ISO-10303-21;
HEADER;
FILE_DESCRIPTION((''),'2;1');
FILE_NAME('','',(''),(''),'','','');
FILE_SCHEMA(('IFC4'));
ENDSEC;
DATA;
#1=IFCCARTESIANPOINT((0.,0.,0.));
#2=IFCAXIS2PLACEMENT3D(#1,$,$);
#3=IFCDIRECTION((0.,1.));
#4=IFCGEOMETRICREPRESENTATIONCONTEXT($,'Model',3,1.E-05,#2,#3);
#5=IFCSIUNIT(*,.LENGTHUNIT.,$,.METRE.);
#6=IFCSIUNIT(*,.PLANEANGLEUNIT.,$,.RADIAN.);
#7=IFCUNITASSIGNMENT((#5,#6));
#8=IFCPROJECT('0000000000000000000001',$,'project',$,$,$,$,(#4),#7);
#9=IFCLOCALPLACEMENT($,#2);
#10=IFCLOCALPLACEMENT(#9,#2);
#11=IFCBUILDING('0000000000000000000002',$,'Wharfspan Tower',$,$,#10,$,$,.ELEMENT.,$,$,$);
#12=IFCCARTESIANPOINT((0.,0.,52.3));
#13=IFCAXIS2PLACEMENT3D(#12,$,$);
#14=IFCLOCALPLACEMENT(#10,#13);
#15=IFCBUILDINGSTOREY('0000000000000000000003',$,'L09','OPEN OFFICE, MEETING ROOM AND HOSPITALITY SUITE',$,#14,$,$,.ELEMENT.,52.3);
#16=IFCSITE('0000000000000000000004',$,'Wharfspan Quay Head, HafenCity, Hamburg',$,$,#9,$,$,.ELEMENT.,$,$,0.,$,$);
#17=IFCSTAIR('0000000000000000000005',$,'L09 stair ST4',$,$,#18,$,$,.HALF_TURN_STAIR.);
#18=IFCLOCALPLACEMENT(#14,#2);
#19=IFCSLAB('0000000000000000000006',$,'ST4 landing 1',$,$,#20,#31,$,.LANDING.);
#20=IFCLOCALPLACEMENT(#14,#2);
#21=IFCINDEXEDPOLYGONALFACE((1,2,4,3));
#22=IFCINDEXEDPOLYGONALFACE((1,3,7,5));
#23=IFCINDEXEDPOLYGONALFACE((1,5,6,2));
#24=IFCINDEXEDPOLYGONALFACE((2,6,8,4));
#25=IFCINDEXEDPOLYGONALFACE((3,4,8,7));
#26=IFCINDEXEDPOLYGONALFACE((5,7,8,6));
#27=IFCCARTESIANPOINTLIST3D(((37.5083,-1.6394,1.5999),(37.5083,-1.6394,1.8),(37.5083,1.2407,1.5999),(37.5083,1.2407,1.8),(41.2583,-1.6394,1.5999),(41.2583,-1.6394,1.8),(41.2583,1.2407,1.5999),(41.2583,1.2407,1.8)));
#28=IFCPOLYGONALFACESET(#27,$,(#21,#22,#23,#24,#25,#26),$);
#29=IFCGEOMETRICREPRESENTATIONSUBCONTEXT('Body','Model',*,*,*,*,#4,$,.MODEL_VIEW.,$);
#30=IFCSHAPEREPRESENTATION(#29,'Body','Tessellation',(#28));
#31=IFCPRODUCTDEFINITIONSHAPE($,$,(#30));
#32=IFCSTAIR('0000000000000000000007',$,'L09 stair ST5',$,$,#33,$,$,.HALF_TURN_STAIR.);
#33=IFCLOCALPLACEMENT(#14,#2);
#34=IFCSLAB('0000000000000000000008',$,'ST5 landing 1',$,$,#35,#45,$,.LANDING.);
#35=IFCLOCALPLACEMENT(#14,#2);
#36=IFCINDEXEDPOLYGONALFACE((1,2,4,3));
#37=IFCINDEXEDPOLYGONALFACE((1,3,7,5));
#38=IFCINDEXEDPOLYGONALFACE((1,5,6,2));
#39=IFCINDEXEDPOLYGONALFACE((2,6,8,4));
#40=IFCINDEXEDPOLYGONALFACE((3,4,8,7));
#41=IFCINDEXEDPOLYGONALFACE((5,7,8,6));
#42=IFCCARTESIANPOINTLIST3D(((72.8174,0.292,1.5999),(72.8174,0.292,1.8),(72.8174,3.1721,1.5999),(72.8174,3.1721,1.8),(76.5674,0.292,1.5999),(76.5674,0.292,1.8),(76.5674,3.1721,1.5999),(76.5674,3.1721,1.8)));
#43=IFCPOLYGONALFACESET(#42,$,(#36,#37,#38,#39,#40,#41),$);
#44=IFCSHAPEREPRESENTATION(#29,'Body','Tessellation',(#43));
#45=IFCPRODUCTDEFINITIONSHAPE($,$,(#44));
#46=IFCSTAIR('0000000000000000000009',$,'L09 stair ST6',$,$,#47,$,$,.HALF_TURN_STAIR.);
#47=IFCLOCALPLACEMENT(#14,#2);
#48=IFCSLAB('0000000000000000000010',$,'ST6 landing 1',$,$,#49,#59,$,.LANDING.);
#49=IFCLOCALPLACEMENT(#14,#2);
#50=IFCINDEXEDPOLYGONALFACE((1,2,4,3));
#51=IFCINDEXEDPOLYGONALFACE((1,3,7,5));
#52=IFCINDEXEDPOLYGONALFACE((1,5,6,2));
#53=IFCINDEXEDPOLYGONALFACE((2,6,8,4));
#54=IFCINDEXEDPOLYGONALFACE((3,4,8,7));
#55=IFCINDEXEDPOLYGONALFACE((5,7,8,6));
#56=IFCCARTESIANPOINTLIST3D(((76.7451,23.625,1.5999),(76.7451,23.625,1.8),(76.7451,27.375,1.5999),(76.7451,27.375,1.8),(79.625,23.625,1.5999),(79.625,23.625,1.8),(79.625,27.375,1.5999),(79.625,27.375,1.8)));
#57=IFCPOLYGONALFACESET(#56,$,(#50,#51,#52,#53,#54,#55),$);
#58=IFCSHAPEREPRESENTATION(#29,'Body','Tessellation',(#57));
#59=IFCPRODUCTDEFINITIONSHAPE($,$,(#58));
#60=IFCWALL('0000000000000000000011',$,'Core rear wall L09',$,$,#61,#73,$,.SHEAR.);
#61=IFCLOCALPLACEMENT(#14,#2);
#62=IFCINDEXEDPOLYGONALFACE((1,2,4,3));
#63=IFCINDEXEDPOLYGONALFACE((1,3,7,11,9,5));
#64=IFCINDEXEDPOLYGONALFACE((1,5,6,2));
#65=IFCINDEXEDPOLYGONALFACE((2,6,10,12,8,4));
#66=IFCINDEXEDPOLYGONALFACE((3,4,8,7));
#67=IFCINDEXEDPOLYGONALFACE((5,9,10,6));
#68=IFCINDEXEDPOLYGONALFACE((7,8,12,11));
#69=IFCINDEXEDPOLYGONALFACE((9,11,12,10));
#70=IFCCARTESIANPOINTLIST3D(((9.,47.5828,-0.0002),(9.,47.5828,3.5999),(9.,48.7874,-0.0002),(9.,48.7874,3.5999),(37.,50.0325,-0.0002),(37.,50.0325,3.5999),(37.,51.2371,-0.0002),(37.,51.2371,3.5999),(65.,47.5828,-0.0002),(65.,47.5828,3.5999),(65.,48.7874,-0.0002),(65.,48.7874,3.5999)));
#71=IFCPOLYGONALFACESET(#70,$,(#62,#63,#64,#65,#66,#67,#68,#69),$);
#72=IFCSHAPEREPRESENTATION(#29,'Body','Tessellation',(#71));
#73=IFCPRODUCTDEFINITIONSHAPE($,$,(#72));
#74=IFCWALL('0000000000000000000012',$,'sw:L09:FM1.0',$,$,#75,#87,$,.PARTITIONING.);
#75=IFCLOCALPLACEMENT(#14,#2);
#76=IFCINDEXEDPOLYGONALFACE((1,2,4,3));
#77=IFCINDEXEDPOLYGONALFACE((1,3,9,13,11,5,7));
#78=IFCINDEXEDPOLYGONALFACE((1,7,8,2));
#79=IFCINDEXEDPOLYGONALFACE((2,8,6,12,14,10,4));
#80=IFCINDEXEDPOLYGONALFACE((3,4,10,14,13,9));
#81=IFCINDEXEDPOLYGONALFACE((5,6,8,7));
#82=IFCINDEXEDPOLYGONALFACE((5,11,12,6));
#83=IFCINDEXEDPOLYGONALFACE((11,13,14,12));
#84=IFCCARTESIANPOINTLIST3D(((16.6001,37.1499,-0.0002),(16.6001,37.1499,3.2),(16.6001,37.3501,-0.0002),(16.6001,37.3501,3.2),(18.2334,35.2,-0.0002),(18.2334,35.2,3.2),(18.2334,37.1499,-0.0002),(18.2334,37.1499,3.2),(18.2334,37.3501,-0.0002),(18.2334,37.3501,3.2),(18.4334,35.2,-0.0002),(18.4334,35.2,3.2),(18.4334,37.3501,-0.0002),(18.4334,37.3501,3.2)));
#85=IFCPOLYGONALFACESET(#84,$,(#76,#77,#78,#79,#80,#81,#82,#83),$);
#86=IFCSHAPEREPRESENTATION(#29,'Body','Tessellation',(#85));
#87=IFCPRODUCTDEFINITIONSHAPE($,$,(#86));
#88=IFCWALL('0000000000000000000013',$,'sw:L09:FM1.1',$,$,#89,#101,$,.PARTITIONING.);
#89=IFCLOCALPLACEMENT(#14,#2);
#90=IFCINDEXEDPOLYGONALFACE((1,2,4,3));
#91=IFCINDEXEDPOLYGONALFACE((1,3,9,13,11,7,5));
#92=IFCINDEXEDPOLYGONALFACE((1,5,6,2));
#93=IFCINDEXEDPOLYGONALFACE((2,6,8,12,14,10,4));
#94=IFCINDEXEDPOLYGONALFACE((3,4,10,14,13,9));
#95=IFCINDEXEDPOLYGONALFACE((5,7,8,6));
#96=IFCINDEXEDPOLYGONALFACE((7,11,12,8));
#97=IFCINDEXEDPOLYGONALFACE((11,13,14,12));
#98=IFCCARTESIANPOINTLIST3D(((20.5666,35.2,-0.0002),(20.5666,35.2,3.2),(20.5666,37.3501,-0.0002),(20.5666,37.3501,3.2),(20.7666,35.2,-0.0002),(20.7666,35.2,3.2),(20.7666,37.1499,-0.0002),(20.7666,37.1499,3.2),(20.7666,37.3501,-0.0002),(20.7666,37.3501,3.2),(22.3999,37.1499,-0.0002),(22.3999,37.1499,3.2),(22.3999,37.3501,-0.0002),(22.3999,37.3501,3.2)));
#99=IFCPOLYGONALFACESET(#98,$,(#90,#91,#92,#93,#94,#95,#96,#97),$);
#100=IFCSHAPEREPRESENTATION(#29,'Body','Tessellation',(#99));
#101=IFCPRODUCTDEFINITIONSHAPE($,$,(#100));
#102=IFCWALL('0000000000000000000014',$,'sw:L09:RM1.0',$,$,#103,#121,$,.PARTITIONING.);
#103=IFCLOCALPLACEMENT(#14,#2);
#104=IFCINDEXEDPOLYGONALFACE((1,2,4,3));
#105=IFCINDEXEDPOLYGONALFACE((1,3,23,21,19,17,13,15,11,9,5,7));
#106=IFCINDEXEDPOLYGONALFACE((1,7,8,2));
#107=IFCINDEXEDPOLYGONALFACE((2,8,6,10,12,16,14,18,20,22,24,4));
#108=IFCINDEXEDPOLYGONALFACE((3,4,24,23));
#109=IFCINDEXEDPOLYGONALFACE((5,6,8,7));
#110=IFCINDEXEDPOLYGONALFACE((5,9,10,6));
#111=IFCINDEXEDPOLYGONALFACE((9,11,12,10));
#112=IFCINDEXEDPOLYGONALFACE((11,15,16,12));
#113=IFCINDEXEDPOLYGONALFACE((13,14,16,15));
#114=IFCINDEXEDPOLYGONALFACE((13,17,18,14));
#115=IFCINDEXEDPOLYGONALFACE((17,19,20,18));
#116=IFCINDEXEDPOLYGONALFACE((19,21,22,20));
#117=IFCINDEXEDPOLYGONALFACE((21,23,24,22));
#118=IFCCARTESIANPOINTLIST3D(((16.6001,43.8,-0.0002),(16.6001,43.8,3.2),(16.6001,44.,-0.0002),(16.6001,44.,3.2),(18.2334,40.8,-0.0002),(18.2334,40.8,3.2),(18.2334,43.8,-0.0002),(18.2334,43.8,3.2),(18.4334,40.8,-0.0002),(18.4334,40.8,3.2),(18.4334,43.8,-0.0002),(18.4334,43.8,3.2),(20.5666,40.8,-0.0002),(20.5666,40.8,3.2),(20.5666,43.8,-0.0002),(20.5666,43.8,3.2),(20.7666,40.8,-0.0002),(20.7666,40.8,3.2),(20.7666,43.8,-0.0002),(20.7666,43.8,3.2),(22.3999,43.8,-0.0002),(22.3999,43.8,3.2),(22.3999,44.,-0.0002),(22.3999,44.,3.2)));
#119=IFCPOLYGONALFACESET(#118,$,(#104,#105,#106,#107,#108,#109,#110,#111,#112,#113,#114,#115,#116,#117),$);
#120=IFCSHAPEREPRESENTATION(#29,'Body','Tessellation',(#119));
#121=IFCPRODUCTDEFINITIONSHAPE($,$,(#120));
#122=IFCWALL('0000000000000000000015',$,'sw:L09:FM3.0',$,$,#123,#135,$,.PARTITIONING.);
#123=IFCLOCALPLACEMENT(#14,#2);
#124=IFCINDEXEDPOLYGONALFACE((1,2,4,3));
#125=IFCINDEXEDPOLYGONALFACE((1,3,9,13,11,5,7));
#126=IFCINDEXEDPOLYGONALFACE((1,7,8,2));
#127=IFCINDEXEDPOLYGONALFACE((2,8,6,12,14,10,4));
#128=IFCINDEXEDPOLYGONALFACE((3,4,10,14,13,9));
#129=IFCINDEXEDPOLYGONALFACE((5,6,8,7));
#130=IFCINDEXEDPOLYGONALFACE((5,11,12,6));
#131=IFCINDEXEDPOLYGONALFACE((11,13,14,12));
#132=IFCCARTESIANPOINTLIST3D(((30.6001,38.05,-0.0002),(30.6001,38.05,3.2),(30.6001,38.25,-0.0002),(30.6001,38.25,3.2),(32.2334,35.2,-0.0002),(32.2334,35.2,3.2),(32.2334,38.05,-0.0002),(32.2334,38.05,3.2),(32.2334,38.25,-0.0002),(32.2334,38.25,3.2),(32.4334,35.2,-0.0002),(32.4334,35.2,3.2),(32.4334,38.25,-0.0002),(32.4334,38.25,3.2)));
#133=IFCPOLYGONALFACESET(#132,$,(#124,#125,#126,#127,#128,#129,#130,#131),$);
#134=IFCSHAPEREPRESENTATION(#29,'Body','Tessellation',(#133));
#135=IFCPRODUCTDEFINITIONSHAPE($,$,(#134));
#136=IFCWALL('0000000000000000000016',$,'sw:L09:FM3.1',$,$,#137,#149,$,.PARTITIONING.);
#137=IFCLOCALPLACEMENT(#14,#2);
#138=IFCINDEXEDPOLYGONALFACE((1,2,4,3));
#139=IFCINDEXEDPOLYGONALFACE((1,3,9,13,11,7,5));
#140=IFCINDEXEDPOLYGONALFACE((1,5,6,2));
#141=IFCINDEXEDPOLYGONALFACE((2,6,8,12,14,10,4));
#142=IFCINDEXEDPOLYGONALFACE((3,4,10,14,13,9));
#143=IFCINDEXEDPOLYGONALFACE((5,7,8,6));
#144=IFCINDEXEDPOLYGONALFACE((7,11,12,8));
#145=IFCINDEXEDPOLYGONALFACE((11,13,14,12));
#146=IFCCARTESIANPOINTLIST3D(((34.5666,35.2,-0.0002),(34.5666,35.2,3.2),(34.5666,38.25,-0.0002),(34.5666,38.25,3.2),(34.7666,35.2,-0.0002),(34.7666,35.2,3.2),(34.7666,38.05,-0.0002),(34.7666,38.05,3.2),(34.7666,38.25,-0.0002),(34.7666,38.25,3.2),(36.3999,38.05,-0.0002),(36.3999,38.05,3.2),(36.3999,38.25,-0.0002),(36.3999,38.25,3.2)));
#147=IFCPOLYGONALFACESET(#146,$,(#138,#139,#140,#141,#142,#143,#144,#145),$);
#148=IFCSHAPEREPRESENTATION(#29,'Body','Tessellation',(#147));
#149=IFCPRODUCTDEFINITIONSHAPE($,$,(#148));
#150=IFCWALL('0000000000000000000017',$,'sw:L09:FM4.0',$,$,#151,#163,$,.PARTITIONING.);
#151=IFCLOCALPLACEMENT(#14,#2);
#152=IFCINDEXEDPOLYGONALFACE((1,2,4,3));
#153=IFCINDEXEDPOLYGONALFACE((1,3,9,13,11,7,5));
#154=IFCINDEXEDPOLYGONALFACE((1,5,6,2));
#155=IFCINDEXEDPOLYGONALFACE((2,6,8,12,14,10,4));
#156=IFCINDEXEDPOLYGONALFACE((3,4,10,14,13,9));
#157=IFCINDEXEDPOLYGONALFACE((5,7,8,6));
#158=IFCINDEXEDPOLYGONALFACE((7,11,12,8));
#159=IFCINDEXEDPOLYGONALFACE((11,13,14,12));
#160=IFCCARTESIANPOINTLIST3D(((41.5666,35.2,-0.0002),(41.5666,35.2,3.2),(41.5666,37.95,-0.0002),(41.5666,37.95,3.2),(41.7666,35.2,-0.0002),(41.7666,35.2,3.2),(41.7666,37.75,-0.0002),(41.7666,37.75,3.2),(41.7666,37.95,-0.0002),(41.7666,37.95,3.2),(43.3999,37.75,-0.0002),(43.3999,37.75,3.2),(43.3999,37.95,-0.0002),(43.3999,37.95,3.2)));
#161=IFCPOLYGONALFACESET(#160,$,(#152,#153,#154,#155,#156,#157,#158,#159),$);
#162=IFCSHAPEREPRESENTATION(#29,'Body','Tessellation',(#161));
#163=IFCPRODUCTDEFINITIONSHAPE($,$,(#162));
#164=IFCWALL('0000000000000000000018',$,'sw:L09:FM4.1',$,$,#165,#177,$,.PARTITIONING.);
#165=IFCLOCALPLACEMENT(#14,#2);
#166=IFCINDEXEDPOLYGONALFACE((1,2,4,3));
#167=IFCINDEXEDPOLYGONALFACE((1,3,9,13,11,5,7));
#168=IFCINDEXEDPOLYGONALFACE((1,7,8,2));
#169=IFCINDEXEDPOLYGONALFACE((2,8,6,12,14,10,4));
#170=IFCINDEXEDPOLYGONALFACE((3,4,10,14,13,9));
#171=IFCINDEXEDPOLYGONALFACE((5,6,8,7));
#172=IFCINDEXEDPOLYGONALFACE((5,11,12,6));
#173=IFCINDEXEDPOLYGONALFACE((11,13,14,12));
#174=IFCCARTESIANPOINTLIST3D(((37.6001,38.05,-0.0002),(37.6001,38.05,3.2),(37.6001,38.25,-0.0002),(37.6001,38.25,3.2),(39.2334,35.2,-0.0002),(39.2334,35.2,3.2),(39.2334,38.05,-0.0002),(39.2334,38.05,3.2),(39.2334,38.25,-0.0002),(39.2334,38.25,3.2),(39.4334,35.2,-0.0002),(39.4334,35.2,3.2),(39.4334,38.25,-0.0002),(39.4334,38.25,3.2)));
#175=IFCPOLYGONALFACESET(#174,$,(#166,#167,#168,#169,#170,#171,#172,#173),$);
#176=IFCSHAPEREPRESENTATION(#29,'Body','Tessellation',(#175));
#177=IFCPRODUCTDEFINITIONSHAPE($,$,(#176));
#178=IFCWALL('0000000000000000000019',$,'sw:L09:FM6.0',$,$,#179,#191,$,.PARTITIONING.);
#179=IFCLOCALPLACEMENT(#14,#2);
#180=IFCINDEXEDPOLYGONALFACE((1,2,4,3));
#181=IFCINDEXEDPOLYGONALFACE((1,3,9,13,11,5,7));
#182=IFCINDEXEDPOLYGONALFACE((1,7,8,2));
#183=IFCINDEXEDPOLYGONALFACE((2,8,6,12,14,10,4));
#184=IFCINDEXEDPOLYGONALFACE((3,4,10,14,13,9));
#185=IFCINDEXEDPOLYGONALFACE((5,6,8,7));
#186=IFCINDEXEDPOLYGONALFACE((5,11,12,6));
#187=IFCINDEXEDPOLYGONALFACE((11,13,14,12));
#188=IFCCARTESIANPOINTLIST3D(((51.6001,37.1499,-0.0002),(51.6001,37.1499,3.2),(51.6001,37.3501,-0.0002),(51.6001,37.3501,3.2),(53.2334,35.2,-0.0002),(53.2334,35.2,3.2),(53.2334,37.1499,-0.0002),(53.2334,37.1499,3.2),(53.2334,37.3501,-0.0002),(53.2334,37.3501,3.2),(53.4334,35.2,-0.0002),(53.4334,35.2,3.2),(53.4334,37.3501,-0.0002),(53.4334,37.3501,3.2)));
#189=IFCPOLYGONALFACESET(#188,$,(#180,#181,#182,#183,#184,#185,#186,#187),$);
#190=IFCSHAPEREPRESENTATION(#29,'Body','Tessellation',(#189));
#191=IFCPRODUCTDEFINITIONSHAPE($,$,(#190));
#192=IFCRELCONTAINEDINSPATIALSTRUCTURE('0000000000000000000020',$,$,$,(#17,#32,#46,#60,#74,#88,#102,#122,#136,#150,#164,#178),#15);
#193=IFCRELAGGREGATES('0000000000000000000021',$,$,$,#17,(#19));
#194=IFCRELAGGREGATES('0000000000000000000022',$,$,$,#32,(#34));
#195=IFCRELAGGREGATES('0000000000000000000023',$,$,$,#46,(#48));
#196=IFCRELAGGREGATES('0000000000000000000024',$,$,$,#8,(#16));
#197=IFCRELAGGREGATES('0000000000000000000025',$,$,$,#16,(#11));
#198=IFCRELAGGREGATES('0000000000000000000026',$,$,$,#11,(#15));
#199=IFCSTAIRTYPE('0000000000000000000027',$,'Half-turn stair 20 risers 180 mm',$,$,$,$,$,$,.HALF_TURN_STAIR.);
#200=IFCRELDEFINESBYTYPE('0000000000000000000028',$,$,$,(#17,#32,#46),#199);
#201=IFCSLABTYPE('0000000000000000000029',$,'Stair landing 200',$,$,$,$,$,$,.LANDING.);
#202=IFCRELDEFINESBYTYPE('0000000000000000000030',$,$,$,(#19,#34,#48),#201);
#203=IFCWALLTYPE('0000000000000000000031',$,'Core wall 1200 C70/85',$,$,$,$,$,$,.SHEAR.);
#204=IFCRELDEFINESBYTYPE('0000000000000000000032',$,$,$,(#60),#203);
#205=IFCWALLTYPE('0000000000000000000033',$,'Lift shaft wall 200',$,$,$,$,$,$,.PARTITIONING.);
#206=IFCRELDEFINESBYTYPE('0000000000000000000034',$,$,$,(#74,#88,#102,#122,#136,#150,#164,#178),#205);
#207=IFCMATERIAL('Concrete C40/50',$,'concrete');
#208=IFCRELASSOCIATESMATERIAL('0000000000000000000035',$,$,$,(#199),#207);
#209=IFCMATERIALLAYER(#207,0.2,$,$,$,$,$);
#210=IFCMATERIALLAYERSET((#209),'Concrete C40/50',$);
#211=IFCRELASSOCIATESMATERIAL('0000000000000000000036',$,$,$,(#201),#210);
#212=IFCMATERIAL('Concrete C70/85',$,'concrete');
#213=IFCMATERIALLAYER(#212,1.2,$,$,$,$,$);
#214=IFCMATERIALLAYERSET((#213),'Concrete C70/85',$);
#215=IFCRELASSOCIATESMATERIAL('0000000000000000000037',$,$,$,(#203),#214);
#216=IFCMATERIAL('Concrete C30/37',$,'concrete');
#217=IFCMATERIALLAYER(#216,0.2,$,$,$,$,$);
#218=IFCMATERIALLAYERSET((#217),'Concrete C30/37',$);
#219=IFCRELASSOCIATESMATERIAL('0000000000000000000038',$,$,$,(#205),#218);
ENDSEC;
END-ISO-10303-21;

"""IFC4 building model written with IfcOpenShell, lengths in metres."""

from ifc_helpers import new_model, si_unit, direction, frame, origin, place, context, subcontext, project, spatial, polyline, outline, extrude, material, layer, layer_set, type_object, element, aggregate, save


model = new_model("IFC4")

# Units and contexts
model_context = context("Model", 3, precision=1e-05, world=origin(), true_north=direction((0.0, 1.0)))
body_context = subcontext(model_context, "Body", "Model", "MODEL_VIEW")
ifc_project = project(units=[si_unit("LENGTHUNIT", "METRE"), si_unit("PLANEANGLEUNIT", "RADIAN")], contexts=[model_context])

# Site, building, storey
site_placement = place(None, origin())
site = spatial("IfcSite", under=ifc_project, at=site_placement, Name="Wharfspan Quay Head, HafenCity, Hamburg", CompositionType="ELEMENT", RefElevation=0.0)
building_placement = place(site_placement, origin())
building = spatial("IfcBuilding", under=site, at=building_placement, Name="Wharfspan Tower", CompositionType="ELEMENT")
storey_placement = place(building_placement, frame((0.0, 0.0, 52.3)))
storey = spatial("IfcBuildingStorey", under=building, at=storey_placement, Name="L09", Description="OPEN OFFICE, MEETING ROOM AND HOSPITALITY SUITE", CompositionType="ELEMENT", Elevation=52.3)

# Shared definitions
ifc_material_1 = material(Name="Concrete C40/50", Category="concrete")

# Stairs, slabs
stair_type = type_object("IfcStairType", Name="Half-turn stair 20 risers 180 mm", PredefinedType="HALF_TURN_STAIR", material=ifc_material_1)
ifc_layer_1 = layer(ifc_material_1, 0.2)
ifc_layer_set_1 = layer_set([ifc_layer_1], Name="Concrete C40/50")
slab_type_1 = type_object("IfcSlabType", Name="Stair landing 200", PredefinedType="LANDING", material=ifc_layer_set_1)
stair_1_placement = place(storey_placement, origin())
stair_1 = element("IfcStair", 1, at=stair_1_placement, inside=storey, type_object=stair_type, Name="L09 stair ST4", PredefinedType="HALF_TURN_STAIR")
slab_1_placement = place(storey_placement, frame((0.0, 0.0, 1.5999)))
slab_1 = element("IfcSlab", 2, at=slab_1_placement, type_object=slab_type_1, Name="ST4 landing 1", PredefinedType="LANDING", context=body_context, shape_type="SweptSolid", body=[
    extrude(outline(polyline([(37.5083, 1.2407), (37.5083, -1.6394), (41.2583, -1.6394), (41.2583, 1.2407), (37.5083, 1.2407)])), origin(), (0.0, 0.0, 1.0), 0.2002),
])
aggregate(stair_1, [slab_1])
stair_2_placement = place(storey_placement, origin())
stair_2 = element("IfcStair", 3, at=stair_2_placement, inside=storey, type_object=stair_type, Name="L09 stair ST5", PredefinedType="HALF_TURN_STAIR")
slab_2_placement = place(storey_placement, frame((0.0, 0.0, 1.5999)))
slab_2 = element("IfcSlab", 4, at=slab_2_placement, type_object=slab_type_1, Name="ST5 landing 1", PredefinedType="LANDING", context=body_context, shape_type="SweptSolid", body=[
    extrude(outline(polyline([(72.8174, 3.1721), (72.8174, 0.292), (76.5674, 0.292), (76.5674, 3.1721), (72.8174, 3.1721)])), origin(), (0.0, 0.0, 1.0), 0.2002),
])
aggregate(stair_2, [slab_2])
stair_3_placement = place(storey_placement, origin())
stair_3 = element("IfcStair", 5, at=stair_3_placement, inside=storey, type_object=stair_type, Name="L09 stair ST6", PredefinedType="HALF_TURN_STAIR")
slab_3_placement = place(storey_placement, frame((0.0, 0.0, 1.5999)))
slab_3 = element("IfcSlab", 6, at=slab_3_placement, type_object=slab_type_1, Name="ST6 landing 1", PredefinedType="LANDING", context=body_context, shape_type="SweptSolid", body=[
    extrude(outline(polyline([(76.7451, 23.625), (79.625, 23.625), (79.625, 27.375), (76.7451, 27.375), (76.7451, 23.625)])), origin(), (0.0, 0.0, 1.0), 0.2002),
])
aggregate(stair_3, [slab_3])

# Walls
ifc_material_2 = material(Name="Concrete C70/85", Category="concrete")
ifc_layer_2 = layer(ifc_material_2, 1.2)
ifc_layer_set_2 = layer_set([ifc_layer_2], Name="Concrete C70/85")
wall_type_1 = type_object("IfcWallType", Name="Core wall 1200 C70/85", PredefinedType="SHEAR", material=ifc_layer_set_2)
wall_1_placement = place(storey_placement, frame((0.0, 0.0, -0.0002)))
element("IfcWall", 7, at=wall_1_placement, inside=storey, type_object=wall_type_1, Name="Core rear wall L09", PredefinedType="SHEAR", context=body_context, shape_type="SweptSolid", body=[
    extrude(outline(polyline([(9.0, 47.5828), (37.0, 50.0325), (65.0, 47.5828), (65.0, 48.7874), (37.0, 51.2371), (9.0, 48.7874), (9.0, 47.5828)])), origin(), (0.0, 0.0, 1.0), 3.6001),
])
ifc_material_3 = material(Name="Concrete C30/37", Category="concrete")
ifc_layer_3 = layer(ifc_material_3, 0.2)
ifc_layer_set_3 = layer_set([ifc_layer_3], Name="Concrete C30/37")
wall_type_2 = type_object("IfcWallType", Name="Lift shaft wall 200", PredefinedType="PARTITIONING", material=ifc_layer_set_3)
wall_2_placement = place(storey_placement, frame((0.0, 0.0, -0.0002)))
element("IfcWall", 8, at=wall_2_placement, inside=storey, type_object=wall_type_2, Name="sw:L09:FM1.0", PredefinedType="PARTITIONING", context=body_context, shape_type="SweptSolid", body=[
    extrude(outline(polyline([(18.2334, 37.1499), (16.6001, 37.1499), (16.6001, 37.3501), (18.2334, 37.3501), (18.4334, 37.3501), (18.4334, 35.2), (18.2334, 35.2), (18.2334, 37.1499)])), origin(), (0.0, 0.0, 1.0), 3.2002),
])
wall_3_placement = place(storey_placement, frame((0.0, 0.0, -0.0002)))
element("IfcWall", 9, at=wall_3_placement, inside=storey, type_object=wall_type_2, Name="sw:L09:FM1.1", PredefinedType="PARTITIONING", context=body_context, shape_type="SweptSolid", body=[
    extrude(outline(polyline([(20.5666, 37.3501), (20.7666, 37.3501), (22.3999, 37.3501), (22.3999, 37.1499), (20.7666, 37.1499), (20.7666, 35.2), (20.5666, 35.2), (20.5666, 37.3501)])), origin(), (0.0, 0.0, 1.0), 3.2002),
])
wall_4_placement = place(storey_placement, frame((0.0, 0.0, -0.0002)))
element("IfcWall", 10, at=wall_4_placement, inside=storey, type_object=wall_type_2, Name="sw:L09:RM1.0", PredefinedType="PARTITIONING", context=body_context, shape_type="SweptSolid", body=[
    extrude(outline(polyline([(18.4334, 40.8), (18.2334, 40.8), (18.2334, 43.8), (16.6001, 43.8), (16.6001, 44.0), (22.3999, 44.0), (22.3999, 43.8), (20.7666, 43.8), (20.7666, 40.8), (20.5666, 40.8), (20.5666, 43.8), (18.4334, 43.8), (18.4334, 40.8)])), origin(), (0.0, 0.0, 1.0), 3.2002),
])
wall_5_placement = place(storey_placement, frame((0.0, 0.0, -0.0002)))
element("IfcWall", 11, at=wall_5_placement, inside=storey, type_object=wall_type_2, Name="sw:L09:FM3.0", PredefinedType="PARTITIONING", context=body_context, shape_type="SweptSolid", body=[
    extrude(outline(polyline([(32.2334, 38.05), (30.6001, 38.05), (30.6001, 38.25), (32.2334, 38.25), (32.4333, 38.25), (32.4333, 35.2), (32.2334, 35.2), (32.2334, 38.05)])), origin(), (0.0, 0.0, 1.0), 3.2002),
])
wall_6_placement = place(storey_placement, frame((0.0, 0.0, -0.0002)))
element("IfcWall", 12, at=wall_6_placement, inside=storey, type_object=wall_type_2, Name="sw:L09:FM3.1", PredefinedType="PARTITIONING", context=body_context, shape_type="SweptSolid", body=[
    extrude(outline(polyline([(34.5667, 38.25), (34.7666, 38.25), (36.3999, 38.25), (36.3999, 38.05), (34.7666, 38.05), (34.7666, 35.2), (34.5667, 35.2), (34.5667, 38.25)])), origin(), (0.0, 0.0, 1.0), 3.2002),
])
wall_7_placement = place(storey_placement, frame((0.0, 0.0, -0.0002)))
element("IfcWall", 13, at=wall_7_placement, inside=storey, type_object=wall_type_2, Name="sw:L09:FM4.0", PredefinedType="PARTITIONING", context=body_context, shape_type="SweptSolid", body=[
    extrude(outline(polyline([(41.5667, 37.95), (41.7666, 37.95), (43.3999, 37.95), (43.3999, 37.75), (41.7666, 37.75), (41.7666, 35.2), (41.5667, 35.2), (41.5667, 37.95)])), origin(), (0.0, 0.0, 1.0), 3.2002),
])
wall_8_placement = place(storey_placement, frame((0.0, 0.0, -0.0002)))
element("IfcWall", 14, at=wall_8_placement, inside=storey, type_object=wall_type_2, Name="sw:L09:FM4.1", PredefinedType="PARTITIONING", context=body_context, shape_type="SweptSolid", body=[
    extrude(outline(polyline([(39.2334, 38.05), (37.6001, 38.05), (37.6001, 38.25), (39.2334, 38.25), (39.4333, 38.25), (39.4333, 35.2), (39.2334, 35.2), (39.2334, 38.05)])), origin(), (0.0, 0.0, 1.0), 3.2002),
])
wall_9_placement = place(storey_placement, frame((0.0, 0.0, -0.0002)))
element("IfcWall", 15, at=wall_9_placement, inside=storey, type_object=wall_type_2, Name="sw:L09:FM6.0", PredefinedType="PARTITIONING", context=body_context, shape_type="SweptSolid", body=[
    extrude(outline(polyline([(53.2334, 37.1499), (51.6001, 37.1499), (51.6001, 37.3501), (53.2334, 37.3501), (53.4333, 37.3501), (53.4333, 35.2), (53.2334, 35.2), (53.2334, 37.1499)])), origin(), (0.0, 0.0, 1.0), 3.2002),
])

save(model, "model.ifc")
